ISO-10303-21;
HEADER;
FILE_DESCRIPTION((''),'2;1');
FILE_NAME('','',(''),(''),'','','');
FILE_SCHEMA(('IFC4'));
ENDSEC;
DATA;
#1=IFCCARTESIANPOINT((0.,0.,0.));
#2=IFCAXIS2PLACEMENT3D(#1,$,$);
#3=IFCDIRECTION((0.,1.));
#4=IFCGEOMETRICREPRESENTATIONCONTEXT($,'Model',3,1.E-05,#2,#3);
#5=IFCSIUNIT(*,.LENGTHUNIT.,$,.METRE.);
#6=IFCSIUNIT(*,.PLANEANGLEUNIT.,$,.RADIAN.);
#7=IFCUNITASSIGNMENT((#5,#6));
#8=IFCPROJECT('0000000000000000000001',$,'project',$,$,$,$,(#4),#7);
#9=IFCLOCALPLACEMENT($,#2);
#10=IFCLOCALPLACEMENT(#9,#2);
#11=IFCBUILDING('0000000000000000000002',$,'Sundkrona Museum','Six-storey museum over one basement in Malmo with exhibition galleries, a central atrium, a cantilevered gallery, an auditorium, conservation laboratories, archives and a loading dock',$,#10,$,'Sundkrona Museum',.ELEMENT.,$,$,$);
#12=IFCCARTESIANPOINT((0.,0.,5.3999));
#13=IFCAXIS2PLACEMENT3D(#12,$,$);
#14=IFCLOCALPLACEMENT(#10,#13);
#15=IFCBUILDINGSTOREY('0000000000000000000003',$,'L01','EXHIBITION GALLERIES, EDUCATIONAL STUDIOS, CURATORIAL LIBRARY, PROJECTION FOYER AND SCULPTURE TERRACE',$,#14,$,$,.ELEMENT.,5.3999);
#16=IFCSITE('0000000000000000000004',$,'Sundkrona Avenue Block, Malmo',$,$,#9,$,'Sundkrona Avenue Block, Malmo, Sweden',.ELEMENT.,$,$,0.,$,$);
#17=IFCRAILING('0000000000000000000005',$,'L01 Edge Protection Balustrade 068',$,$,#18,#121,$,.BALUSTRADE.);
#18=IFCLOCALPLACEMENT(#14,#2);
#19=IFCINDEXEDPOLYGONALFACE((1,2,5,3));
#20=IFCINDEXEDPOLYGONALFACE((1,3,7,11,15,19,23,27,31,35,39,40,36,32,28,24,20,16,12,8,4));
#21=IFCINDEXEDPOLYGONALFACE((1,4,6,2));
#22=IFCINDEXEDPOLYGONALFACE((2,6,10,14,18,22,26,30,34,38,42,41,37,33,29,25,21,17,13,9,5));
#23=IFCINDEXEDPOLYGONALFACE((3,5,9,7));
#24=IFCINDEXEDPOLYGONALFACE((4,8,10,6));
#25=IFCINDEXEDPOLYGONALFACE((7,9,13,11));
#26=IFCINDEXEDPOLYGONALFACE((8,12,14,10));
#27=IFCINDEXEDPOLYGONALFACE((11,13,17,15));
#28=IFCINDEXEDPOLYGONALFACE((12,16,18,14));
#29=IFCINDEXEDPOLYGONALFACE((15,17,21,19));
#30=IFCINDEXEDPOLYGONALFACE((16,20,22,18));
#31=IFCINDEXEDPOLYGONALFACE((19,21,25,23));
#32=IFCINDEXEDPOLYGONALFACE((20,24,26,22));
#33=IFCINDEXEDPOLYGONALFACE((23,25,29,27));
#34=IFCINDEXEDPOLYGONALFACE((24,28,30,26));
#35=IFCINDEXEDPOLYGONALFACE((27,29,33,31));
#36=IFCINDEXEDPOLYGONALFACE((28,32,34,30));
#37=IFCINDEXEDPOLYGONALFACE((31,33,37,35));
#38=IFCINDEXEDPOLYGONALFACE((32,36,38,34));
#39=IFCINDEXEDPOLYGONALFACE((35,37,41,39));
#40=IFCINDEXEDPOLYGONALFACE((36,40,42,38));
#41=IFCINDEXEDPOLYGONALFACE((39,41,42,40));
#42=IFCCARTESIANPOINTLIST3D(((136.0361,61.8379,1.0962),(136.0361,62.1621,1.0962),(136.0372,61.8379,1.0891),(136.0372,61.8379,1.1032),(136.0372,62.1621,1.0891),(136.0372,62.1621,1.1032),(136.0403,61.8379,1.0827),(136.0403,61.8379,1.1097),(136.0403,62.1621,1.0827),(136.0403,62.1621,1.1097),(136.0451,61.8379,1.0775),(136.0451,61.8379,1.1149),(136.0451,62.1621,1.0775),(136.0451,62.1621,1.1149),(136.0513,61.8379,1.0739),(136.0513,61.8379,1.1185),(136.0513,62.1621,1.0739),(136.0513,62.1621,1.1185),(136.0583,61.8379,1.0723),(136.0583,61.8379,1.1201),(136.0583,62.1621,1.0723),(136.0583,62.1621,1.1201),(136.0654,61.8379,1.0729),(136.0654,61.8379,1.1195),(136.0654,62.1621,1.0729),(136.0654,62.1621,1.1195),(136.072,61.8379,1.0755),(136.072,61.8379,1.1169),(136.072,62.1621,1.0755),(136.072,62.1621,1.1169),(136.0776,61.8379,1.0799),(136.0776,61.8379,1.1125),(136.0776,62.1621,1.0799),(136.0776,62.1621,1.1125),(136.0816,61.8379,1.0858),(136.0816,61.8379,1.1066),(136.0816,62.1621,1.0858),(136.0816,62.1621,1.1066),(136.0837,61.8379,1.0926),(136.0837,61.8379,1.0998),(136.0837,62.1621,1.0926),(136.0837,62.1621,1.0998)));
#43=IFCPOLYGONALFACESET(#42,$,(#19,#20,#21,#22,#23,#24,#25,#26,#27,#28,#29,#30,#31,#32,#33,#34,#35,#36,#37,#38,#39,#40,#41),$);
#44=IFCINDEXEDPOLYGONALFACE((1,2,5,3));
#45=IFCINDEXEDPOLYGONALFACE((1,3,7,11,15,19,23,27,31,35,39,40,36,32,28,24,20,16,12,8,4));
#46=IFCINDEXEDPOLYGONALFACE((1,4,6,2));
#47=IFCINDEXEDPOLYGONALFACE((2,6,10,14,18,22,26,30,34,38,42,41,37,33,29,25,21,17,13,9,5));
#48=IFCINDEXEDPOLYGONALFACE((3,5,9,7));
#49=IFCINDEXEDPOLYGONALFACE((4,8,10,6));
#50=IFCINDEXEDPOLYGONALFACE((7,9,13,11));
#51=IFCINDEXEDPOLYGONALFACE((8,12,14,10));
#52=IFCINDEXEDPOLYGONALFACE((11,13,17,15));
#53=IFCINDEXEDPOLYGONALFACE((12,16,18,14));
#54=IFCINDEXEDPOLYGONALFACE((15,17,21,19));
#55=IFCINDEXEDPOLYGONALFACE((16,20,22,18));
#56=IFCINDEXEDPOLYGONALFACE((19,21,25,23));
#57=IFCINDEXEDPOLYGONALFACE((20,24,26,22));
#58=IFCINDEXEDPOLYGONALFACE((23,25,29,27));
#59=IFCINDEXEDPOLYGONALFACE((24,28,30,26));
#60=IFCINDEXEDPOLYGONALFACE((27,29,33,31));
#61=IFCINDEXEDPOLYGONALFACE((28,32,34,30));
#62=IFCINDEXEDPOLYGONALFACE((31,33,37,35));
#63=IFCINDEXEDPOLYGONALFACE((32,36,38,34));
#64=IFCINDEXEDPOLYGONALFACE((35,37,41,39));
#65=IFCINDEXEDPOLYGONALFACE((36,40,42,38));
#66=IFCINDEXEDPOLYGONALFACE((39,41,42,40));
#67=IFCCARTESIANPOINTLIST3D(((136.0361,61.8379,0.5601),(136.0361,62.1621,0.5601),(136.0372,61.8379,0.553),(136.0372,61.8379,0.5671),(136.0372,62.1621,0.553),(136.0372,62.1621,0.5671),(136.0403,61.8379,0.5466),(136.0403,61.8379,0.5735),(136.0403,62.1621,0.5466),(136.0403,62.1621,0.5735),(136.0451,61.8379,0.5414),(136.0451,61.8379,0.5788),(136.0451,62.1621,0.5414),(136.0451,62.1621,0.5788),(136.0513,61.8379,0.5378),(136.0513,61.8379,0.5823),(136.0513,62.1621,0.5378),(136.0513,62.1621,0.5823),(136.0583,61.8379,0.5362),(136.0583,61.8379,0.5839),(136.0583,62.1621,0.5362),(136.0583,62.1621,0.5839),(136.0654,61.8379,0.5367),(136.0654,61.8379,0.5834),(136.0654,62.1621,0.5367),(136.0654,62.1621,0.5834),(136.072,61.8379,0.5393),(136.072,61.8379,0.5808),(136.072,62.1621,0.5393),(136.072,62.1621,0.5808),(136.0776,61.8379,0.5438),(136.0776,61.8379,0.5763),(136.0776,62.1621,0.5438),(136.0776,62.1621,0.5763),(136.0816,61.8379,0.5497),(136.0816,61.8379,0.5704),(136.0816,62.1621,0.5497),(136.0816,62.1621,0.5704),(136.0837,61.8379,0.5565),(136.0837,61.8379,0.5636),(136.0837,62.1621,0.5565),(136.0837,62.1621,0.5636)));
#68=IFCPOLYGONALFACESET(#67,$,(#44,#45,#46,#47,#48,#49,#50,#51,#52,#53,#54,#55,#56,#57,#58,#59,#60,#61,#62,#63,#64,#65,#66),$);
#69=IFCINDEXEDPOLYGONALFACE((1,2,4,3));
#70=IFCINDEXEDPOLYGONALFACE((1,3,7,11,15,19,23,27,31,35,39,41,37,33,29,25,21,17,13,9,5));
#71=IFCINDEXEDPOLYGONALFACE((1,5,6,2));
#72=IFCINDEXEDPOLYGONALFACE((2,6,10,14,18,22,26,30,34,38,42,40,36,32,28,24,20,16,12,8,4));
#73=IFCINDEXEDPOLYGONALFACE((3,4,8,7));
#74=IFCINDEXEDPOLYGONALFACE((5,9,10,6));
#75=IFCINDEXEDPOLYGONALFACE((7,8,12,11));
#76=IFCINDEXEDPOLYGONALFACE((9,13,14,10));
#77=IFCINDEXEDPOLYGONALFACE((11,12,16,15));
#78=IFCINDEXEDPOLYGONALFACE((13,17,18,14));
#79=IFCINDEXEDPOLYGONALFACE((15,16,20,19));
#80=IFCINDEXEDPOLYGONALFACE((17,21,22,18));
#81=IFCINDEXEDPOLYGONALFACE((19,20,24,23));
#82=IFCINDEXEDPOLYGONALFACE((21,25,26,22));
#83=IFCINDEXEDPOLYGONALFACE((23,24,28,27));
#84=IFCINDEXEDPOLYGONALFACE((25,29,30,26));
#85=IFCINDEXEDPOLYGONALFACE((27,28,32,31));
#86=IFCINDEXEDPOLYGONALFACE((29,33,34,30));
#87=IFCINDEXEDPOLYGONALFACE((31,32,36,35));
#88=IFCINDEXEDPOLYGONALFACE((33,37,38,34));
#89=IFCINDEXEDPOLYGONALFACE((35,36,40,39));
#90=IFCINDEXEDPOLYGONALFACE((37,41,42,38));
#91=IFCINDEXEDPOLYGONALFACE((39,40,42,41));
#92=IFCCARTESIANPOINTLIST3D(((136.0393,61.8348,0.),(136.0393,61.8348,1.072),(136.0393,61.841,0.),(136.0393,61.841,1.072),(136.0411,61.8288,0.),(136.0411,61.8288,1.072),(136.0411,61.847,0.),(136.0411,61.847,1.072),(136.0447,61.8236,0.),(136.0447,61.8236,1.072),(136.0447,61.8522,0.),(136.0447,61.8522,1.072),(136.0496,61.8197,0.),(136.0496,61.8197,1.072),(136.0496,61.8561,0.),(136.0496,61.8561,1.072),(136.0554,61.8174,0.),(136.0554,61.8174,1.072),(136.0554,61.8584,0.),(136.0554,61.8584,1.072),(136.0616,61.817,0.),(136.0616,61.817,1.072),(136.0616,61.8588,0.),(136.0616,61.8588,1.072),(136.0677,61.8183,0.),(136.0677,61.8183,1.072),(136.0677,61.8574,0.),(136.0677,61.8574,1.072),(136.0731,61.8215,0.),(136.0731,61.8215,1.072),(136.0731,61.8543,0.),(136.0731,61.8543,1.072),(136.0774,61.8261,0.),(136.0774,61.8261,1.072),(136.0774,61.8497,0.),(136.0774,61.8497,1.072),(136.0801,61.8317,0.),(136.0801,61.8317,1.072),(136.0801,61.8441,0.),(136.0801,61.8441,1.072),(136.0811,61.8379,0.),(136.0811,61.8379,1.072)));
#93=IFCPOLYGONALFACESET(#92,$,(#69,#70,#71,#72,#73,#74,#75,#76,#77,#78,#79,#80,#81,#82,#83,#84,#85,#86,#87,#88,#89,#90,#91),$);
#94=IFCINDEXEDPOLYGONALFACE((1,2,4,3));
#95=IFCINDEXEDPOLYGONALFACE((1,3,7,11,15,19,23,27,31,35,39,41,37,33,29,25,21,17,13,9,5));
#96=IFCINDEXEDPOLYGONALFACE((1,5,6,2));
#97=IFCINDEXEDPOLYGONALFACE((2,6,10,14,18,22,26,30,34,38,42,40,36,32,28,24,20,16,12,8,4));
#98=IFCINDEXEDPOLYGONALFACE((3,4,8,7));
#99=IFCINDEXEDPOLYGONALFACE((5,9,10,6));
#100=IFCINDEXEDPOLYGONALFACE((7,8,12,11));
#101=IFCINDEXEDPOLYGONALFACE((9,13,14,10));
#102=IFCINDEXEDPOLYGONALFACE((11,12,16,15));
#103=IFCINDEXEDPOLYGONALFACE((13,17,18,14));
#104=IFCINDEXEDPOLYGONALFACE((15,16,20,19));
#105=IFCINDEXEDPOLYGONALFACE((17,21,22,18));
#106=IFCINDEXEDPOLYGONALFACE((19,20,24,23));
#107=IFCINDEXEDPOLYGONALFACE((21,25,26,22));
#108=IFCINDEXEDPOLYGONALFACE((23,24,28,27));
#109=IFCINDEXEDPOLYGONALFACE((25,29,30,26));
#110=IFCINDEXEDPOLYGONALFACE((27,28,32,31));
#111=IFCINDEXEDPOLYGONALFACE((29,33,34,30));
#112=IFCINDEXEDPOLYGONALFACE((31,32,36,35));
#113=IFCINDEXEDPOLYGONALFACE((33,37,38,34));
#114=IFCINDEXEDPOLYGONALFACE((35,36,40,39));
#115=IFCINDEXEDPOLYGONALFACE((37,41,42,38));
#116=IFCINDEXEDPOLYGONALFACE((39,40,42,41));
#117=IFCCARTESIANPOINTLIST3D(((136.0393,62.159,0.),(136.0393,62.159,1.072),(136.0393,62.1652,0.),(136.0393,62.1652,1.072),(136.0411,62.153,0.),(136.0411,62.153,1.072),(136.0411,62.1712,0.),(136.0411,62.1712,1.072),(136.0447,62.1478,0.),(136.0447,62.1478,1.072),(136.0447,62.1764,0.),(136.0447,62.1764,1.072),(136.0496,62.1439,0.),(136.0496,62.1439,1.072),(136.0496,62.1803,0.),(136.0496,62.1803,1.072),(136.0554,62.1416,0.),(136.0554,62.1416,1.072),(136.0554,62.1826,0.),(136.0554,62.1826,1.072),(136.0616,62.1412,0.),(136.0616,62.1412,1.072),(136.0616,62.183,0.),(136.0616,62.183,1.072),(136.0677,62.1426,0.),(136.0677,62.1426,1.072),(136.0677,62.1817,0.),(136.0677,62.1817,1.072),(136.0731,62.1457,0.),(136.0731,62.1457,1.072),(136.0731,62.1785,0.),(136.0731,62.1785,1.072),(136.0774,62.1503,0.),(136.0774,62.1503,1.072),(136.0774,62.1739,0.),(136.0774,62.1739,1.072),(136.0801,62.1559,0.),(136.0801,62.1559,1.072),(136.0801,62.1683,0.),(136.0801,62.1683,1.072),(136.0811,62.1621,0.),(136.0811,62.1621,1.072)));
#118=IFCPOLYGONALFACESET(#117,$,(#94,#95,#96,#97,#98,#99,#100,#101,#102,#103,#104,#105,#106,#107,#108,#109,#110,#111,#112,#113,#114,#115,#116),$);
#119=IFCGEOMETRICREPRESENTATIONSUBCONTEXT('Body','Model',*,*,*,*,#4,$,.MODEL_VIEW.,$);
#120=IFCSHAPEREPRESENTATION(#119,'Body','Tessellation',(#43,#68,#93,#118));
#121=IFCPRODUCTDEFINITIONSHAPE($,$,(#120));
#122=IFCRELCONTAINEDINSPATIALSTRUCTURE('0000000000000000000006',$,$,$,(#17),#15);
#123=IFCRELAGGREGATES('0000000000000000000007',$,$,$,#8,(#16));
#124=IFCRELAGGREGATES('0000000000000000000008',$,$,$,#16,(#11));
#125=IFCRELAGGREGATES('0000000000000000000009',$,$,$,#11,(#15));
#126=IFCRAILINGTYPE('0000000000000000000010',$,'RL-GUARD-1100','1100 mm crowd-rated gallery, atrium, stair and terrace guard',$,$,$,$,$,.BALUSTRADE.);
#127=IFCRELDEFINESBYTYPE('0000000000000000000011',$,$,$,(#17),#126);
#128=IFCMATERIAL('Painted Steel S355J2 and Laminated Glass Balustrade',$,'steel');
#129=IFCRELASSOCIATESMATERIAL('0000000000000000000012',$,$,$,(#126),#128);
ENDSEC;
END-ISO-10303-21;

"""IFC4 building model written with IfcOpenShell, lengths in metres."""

from ifc_helpers import new_model, si_unit, direction, frame, origin, origin_2d, place, context, subcontext, project, spatial, circle, extrude, material, type_object, element, save


model = new_model("IFC4")

# Units and contexts
model_context = context("Model", 3, precision=1e-05, world=origin(), true_north=direction((0.0, 1.0)))
body_context = subcontext(model_context, "Body", "Model", "MODEL_VIEW")
ifc_project = project(units=[si_unit("LENGTHUNIT", "METRE"), si_unit("PLANEANGLEUNIT", "RADIAN")], contexts=[model_context])

# Site, building, storey
site_placement = place(None, origin())
site = spatial("IfcSite", under=ifc_project, at=site_placement, Name="Sundkrona Avenue Block, Malmo", LongName="Sundkrona Avenue Block, Malmo, Sweden", CompositionType="ELEMENT", RefElevation=0.0)
building_placement = place(site_placement, origin())
building = spatial("IfcBuilding", under=site, at=building_placement, Name="Sundkrona Museum", Description="Six-storey museum over one basement in Malmo with exhibition galleries, a central atrium, a cantilevered gallery, an auditorium, conservation laboratories, archives and a loading dock", LongName="Sundkrona Museum", CompositionType="ELEMENT")
storey_placement = place(building_placement, frame((0.0, 0.0, 5.3999)))
storey = spatial("IfcBuildingStorey", under=building, at=storey_placement, Name="L01", Description="EXHIBITION GALLERIES, EDUCATIONAL STUDIOS, CURATORIAL LIBRARY, PROJECTION FOYER AND SCULPTURE TERRACE", CompositionType="ELEMENT", Elevation=5.3999)

# Railing
ifc_material_1 = material(Name="Painted Steel S355J2 and Laminated Glass Balustrade", Category="steel")
railing_type = type_object("IfcRailingType", Name="RL-GUARD-1100", Description="1100 mm crowd-rated gallery, atrium, stair and terrace guard", PredefinedType="BALUSTRADE", material=ifc_material_1)
for number, where, name in (
    (1, (136.0601, 61.8379, 0.0), "L01 Edge Protection Balustrade 068"),
):
    element("IfcRailing", number, at=place(storey_placement, frame(where)), inside=storey, type_object=railing_type, Name=name, PredefinedType="BALUSTRADE", context=body_context, shape_type="SweptSolid", body=[
        extrude(circle(Radius=0.0239, at=origin_2d()), frame((0.0, 0.0, 1.0962), z_axis=(0.0, 1.0, 0.0), x_axis=(-1.0, 0.0, 0.0)), (0.0, 0.0, 1.0), 0.3242),
        extrude(circle(Radius=0.0239, at=origin_2d()), frame((0.0, 0.0, 0.5601), z_axis=(0.0, 1.0, 0.0), x_axis=(-1.0, 0.0, 0.0)), (0.0, 0.0, 1.0), 0.3242),
        extrude(circle(Radius=0.021, at=origin_2d()), origin(), (0.0, 0.0, 1.0), 1.072),
        extrude(circle(Radius=0.021, at=origin_2d()), frame((0.0, 0.3242, 0.0)), (0.0, 0.0, 1.0), 1.072),
    ])

save(model, "model.ifc")
